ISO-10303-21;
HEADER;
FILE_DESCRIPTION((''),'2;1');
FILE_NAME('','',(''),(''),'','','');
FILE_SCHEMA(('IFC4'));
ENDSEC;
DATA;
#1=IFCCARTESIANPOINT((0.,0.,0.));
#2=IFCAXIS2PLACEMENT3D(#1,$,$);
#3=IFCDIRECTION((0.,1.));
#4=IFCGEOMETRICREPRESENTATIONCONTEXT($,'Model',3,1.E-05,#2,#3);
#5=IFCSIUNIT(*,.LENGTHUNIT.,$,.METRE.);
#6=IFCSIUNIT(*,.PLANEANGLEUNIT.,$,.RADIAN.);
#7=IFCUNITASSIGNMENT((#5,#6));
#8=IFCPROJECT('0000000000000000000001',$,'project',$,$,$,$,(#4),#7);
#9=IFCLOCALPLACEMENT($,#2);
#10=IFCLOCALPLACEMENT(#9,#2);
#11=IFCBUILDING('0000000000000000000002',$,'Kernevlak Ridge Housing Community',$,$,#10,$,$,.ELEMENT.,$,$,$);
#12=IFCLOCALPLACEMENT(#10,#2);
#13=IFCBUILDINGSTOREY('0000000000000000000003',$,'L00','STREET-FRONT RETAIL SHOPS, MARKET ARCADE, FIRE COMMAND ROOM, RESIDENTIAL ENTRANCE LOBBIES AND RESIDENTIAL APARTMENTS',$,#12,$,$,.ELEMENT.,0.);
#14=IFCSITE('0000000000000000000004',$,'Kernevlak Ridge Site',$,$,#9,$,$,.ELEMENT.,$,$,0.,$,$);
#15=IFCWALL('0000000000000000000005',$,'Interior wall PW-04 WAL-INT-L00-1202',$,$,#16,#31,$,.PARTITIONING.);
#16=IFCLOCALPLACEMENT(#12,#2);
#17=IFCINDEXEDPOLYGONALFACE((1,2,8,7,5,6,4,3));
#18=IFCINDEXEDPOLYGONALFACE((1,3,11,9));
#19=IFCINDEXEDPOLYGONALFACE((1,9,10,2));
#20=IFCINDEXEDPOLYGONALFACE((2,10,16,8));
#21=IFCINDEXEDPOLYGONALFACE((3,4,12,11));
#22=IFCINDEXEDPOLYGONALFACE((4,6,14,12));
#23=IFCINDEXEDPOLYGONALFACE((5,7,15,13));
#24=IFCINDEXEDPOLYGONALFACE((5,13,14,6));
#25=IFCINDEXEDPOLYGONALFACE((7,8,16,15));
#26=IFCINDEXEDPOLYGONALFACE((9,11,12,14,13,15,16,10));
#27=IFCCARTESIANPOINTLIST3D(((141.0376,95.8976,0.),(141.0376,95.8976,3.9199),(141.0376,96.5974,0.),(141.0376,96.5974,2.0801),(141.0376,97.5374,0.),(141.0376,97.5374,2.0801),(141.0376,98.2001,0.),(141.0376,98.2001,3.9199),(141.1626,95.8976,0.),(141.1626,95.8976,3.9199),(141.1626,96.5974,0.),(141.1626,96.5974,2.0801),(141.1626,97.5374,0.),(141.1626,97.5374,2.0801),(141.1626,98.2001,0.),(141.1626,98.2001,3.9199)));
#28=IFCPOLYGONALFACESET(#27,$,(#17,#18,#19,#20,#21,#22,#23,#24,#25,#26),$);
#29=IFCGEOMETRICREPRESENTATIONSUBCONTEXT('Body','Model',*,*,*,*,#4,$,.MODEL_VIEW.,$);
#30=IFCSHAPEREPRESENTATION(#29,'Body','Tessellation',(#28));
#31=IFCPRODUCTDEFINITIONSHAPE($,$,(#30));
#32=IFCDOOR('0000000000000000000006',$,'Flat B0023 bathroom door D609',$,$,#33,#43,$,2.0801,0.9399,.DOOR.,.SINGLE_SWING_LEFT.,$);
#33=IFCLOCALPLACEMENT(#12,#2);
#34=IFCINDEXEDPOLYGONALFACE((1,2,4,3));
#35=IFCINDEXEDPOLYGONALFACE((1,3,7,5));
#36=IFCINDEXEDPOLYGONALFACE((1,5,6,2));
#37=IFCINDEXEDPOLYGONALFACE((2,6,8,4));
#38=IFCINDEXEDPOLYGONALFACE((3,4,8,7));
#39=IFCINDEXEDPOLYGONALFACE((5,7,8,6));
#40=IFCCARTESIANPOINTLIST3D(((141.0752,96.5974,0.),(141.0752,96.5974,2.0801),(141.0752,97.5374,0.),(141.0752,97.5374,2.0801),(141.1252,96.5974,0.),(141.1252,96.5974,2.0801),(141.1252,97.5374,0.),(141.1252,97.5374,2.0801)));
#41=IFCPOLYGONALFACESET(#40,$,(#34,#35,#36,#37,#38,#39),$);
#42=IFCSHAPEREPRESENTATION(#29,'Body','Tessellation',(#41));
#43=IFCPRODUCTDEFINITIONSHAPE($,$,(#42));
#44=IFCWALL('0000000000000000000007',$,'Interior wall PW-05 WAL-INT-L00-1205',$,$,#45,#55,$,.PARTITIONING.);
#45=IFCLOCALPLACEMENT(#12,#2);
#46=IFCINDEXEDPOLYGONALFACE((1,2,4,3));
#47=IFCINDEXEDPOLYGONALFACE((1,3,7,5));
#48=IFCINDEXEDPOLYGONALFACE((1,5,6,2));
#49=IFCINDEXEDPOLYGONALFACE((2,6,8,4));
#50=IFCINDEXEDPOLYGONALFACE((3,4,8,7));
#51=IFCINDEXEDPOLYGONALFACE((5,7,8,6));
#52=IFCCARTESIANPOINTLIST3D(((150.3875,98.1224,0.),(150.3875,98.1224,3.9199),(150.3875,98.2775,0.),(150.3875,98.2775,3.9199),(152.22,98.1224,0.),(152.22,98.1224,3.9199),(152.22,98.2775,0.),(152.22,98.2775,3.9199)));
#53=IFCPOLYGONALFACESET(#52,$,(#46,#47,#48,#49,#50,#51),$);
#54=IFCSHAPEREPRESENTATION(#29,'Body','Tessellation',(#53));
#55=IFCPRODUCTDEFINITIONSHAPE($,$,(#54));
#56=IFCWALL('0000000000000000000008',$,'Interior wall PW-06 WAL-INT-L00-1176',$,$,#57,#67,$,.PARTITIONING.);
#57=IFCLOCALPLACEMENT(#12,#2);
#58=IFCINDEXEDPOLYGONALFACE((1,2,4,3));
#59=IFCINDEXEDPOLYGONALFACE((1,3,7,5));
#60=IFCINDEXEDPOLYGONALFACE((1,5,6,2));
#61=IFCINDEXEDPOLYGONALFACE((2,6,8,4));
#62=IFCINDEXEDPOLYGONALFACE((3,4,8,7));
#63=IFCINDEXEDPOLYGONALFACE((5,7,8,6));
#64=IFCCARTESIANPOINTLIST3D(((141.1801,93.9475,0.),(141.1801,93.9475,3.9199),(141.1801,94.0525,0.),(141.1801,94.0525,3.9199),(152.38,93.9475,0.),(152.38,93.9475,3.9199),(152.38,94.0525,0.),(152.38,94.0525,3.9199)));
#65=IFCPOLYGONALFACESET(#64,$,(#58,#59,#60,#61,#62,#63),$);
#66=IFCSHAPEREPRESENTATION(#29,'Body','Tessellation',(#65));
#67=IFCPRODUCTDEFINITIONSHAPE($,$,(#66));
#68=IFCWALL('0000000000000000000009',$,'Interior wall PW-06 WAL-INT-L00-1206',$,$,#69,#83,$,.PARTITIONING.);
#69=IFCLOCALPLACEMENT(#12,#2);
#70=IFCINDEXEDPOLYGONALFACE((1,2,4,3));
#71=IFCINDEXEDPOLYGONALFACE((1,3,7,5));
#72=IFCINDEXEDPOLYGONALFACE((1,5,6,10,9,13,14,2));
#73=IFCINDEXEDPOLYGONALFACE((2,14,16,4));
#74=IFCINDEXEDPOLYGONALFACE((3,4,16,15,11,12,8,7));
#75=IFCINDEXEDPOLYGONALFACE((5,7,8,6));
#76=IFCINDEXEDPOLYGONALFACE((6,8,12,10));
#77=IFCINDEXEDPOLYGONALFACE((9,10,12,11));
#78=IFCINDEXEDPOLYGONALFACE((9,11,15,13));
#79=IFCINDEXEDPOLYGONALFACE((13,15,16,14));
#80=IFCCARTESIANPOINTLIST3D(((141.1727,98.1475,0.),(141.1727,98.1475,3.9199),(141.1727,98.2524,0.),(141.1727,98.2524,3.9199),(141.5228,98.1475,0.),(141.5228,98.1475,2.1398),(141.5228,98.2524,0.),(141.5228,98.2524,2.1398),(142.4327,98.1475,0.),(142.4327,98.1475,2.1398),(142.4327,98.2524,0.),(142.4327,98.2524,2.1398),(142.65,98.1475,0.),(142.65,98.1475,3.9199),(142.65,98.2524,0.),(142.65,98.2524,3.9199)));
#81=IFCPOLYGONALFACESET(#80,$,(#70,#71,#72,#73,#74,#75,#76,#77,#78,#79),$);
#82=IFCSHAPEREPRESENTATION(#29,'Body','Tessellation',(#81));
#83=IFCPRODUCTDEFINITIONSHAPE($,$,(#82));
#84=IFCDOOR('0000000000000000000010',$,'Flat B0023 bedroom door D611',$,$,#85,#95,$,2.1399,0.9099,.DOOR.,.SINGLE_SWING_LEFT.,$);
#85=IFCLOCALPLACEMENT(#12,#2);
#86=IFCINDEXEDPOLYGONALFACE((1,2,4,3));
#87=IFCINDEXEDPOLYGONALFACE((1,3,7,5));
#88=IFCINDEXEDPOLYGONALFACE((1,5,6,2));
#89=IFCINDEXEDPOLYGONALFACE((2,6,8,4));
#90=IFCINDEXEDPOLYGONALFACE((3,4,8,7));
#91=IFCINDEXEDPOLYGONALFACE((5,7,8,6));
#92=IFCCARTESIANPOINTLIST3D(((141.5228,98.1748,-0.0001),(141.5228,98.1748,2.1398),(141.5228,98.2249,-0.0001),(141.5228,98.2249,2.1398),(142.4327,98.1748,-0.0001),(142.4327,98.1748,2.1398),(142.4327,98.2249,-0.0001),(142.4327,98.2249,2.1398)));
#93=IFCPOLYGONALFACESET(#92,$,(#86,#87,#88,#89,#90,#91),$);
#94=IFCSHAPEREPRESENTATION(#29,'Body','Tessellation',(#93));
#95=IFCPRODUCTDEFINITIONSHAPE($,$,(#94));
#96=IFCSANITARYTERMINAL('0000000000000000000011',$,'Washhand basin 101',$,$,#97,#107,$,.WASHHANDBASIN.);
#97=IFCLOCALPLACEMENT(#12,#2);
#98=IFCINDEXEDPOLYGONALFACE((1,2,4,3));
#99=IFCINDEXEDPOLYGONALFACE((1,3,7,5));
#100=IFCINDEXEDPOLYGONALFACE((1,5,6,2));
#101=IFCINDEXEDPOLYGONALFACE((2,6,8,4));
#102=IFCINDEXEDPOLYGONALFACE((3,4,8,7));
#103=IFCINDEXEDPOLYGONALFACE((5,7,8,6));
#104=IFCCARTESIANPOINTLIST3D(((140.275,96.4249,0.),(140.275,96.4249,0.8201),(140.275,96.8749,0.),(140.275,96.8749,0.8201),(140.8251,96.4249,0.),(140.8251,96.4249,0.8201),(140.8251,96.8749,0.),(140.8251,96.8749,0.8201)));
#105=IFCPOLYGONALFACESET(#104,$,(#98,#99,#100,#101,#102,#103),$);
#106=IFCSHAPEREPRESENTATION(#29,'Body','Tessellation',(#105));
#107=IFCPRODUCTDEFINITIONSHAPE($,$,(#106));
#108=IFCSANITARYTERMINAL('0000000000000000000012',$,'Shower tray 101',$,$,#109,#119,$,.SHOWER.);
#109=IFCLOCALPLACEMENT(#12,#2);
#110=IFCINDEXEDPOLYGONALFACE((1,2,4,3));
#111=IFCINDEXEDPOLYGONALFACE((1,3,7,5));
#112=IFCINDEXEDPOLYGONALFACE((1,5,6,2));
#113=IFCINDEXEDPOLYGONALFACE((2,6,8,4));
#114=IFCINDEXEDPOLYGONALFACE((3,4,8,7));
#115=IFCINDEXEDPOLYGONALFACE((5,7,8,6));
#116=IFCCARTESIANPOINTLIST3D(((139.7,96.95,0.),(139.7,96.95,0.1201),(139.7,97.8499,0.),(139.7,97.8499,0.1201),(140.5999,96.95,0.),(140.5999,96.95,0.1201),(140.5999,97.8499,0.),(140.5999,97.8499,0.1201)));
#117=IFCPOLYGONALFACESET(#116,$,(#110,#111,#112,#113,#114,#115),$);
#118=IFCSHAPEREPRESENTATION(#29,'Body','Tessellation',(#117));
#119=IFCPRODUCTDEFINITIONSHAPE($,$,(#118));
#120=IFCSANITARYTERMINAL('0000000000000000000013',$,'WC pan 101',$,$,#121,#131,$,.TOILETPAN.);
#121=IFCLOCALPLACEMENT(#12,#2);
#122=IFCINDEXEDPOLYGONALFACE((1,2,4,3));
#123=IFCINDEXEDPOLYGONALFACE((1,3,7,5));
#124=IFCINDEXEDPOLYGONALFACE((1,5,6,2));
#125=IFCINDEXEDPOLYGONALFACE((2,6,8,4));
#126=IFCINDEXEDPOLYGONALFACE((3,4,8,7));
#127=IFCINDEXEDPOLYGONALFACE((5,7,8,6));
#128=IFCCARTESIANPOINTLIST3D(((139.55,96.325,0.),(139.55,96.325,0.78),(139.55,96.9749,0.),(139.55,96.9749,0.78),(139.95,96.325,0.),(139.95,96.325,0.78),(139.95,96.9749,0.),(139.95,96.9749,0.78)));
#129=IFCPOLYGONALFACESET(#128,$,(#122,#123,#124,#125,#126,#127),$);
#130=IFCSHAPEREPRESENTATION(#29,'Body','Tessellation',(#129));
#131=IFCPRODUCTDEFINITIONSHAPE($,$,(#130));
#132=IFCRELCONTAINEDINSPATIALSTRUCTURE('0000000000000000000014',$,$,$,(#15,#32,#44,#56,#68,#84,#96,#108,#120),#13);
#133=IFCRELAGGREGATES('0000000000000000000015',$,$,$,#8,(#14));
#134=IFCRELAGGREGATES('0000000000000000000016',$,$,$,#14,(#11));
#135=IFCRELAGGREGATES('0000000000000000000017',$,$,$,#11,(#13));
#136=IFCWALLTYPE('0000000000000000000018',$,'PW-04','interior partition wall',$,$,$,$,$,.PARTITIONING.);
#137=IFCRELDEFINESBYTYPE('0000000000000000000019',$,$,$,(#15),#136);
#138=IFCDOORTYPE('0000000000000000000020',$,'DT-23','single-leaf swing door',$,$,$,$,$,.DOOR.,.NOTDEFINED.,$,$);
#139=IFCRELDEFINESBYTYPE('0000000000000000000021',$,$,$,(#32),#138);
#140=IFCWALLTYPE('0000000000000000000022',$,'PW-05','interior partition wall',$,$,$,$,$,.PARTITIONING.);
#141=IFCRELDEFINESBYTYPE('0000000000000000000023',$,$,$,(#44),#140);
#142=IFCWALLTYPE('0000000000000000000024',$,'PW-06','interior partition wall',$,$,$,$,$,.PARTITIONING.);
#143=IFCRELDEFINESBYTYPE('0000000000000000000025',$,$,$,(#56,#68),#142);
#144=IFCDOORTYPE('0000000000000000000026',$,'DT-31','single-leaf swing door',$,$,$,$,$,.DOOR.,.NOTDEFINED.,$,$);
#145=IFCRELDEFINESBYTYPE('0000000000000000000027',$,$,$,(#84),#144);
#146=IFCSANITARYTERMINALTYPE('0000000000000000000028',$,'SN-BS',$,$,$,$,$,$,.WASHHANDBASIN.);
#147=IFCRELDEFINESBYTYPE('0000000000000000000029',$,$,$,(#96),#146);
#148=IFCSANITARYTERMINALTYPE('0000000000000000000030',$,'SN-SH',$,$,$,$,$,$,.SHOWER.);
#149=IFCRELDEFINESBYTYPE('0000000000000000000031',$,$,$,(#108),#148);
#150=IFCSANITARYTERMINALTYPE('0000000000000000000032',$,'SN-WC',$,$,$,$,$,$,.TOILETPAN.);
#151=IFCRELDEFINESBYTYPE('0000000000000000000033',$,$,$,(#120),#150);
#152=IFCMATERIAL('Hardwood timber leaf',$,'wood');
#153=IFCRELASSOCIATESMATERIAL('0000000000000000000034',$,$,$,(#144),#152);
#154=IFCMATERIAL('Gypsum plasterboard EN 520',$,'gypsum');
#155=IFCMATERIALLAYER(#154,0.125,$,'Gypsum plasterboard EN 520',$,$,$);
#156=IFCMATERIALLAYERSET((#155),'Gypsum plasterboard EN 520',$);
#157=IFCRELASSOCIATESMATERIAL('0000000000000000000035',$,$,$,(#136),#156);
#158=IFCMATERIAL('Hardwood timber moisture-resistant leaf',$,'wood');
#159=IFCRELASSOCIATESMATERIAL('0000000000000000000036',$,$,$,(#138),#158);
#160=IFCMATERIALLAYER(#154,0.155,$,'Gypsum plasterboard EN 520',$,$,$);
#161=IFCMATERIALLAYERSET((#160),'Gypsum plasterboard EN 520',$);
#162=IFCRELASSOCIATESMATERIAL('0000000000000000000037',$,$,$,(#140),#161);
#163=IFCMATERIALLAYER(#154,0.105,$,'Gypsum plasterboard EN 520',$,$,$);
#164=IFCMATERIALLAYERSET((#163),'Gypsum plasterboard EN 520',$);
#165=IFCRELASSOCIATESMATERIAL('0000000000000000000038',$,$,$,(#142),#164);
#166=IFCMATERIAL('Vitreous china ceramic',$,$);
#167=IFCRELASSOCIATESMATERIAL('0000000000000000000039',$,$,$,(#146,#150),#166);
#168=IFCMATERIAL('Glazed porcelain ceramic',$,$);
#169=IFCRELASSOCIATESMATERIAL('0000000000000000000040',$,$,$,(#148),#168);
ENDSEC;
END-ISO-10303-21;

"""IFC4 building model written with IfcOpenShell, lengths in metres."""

from ifc_helpers import new_model, si_unit, direction, frame, frame_2d, origin, origin_2d, place, context, subcontext, project, spatial, rectangle, extrude, material, layer, layer_set, type_object, element, fill, save


model = new_model("IFC4")

# Units and contexts
model_context = context("Model", 3, precision=1e-05, world=origin(), true_north=direction((0.0, 1.0)))
body_context = subcontext(model_context, "Body", "Model", "MODEL_VIEW")
ifc_project = project(units=[si_unit("LENGTHUNIT", "METRE"), si_unit("PLANEANGLEUNIT", "RADIAN")], contexts=[model_context])

# Site, building, storey
site_placement = place(None, origin())
site = spatial("IfcSite", under=ifc_project, at=site_placement, Name="Kernevlak Ridge Site", CompositionType="ELEMENT", RefElevation=0.0)
building_placement = place(site_placement, origin())
building = spatial("IfcBuilding", under=site, at=building_placement, Name="Kernevlak Ridge Housing Community", CompositionType="ELEMENT")
storey_placement = place(building_placement, origin())
storey = spatial("IfcBuildingStorey", under=building, at=storey_placement, Name="L00", Description="STREET-FRONT RETAIL SHOPS, MARKET ARCADE, FIRE COMMAND ROOM, RESIDENTIAL ENTRANCE LOBBIES AND RESIDENTIAL APARTMENTS", CompositionType="ELEMENT", Elevation=0.0)

# Shared definitions
ifc_material_1 = material(Name="Hardwood timber leaf", Category="wood")
door_type_1 = type_object("IfcDoorType", Name="DT-31", Description="single-leaf swing door", OperationType="NOTDEFINED", PredefinedType="DOOR", material=ifc_material_1)

# Wall, opening, door
ifc_material_2 = material(Name="Gypsum plasterboard EN 520", Category="gypsum")
ifc_layer_1 = layer(ifc_material_2, 0.125, Name="Gypsum plasterboard EN 520")
ifc_layer_set_1 = layer_set([ifc_layer_1], Name="Gypsum plasterboard EN 520")
wall_type_1 = type_object("IfcWallType", Name="PW-04", Description="interior partition wall", PredefinedType="PARTITIONING", material=ifc_layer_set_1)
wall_1_placement = place(storey_placement, frame((141.1001, 95.8975, 0.0), z_axis=(0.0, 0.0, 1.0), x_axis=(0.0, 1.0, 0.0)))
wall_1 = element("IfcWall", 1, at=wall_1_placement, inside=storey, type_object=wall_type_1, Name="Interior wall PW-04 WAL-INT-L00-1202", PredefinedType="PARTITIONING", context=body_context, shape_type="SweptSolid", body=[
    extrude(rectangle(XDim=2.3025, YDim=0.125, at=frame_2d((1.1514, 0.0))), origin(), (0.0, 0.0, 1.0), 3.9199),
])
opening_1_placement = place(wall_1_placement, frame((0.7, 0.0, 0.0)))
opening_1 = element("IfcOpeningElement", 2, at=opening_1_placement, cuts=wall_1, PredefinedType="OPENING", context=body_context, shape_type="SweptSolid", body=[
    extrude(rectangle(XDim=0.9399, YDim=2.0801, at=frame_2d((0.47, 1.04))), frame((0.0, 0.0725, 0.0), z_axis=(0.0, -1.0, 0.0), x_axis=(1.0, 0.0, 0.0)), (0.0, 0.0, 1.0), 0.145),
])
ifc_material_3 = material(Name="Hardwood timber moisture-resistant leaf", Category="wood")
door_type_2 = type_object("IfcDoorType", Name="DT-23", Description="single-leaf swing door", OperationType="NOTDEFINED", PredefinedType="DOOR", material=ifc_material_3)
door_1_placement = place(opening_1_placement, origin())
door_1 = element("IfcDoor", 3, at=door_1_placement, inside=storey, type_object=door_type_2, Name="Flat B0023 bathroom door D609", OperationType="SINGLE_SWING_LEFT", OverallHeight=2.0801, OverallWidth=0.9399, PredefinedType="DOOR", context=body_context, shape_type="SweptSolid", body=[
    extrude(rectangle(XDim=0.9399, YDim=2.0801, at=frame_2d((0.47, 1.04))), frame((0.0, 0.0249, 0.0), z_axis=(0.0, -1.0, 0.0), x_axis=(1.0, 0.0, 0.0)), (0.0, 0.0, 1.0), 0.05),
])
fill(opening_1, door_1)
ifc_layer_2 = layer(ifc_material_2, 0.155, Name="Gypsum plasterboard EN 520")
ifc_layer_set_2 = layer_set([ifc_layer_2], Name="Gypsum plasterboard EN 520")
wall_type_2 = type_object("IfcWallType", Name="PW-05", Description="interior partition wall", PredefinedType="PARTITIONING", material=ifc_layer_set_2)

# Walls
wall_2_placement = place(storey_placement, frame((150.3875, 98.2, 0.0), z_axis=(0.0, 0.0, 1.0), x_axis=(1.0, 0.0, 0.0)))
element("IfcWall", 4, at=wall_2_placement, inside=storey, type_object=wall_type_2, Name="Interior wall PW-05 WAL-INT-L00-1205", PredefinedType="PARTITIONING", context=body_context, shape_type="SweptSolid", body=[
    extrude(rectangle(XDim=1.8325, YDim=0.155, at=frame_2d((0.9163, 0.0))), origin(), (0.0, 0.0, 1.0), 3.9199),
])
ifc_layer_3 = layer(ifc_material_2, 0.105, Name="Gypsum plasterboard EN 520")
ifc_layer_set_3 = layer_set([ifc_layer_3], Name="Gypsum plasterboard EN 520")
wall_type_3 = type_object("IfcWallType", Name="PW-06", Description="interior partition wall", PredefinedType="PARTITIONING", material=ifc_layer_set_3)
wall_3_placement = place(storey_placement, frame((141.1799, 94.0, 0.0), z_axis=(0.0, 0.0, 1.0), x_axis=(1.0, 0.0, 0.0)))
element("IfcWall", 5, at=wall_3_placement, inside=storey, type_object=wall_type_3, Name="Interior wall PW-06 WAL-INT-L00-1176", PredefinedType="PARTITIONING", context=body_context, shape_type="SweptSolid", body=[
    extrude(rectangle(XDim=11.2, YDim=0.105, at=frame_2d((5.6001, 0.0))), origin(), (0.0, 0.0, 1.0), 3.9199),
])

# Wall, opening, door
wall_4_placement = place(storey_placement, frame((141.1726, 98.2, 0.0), z_axis=(0.0, 0.0, 1.0), x_axis=(1.0, 0.0, 0.0)))
wall_4 = element("IfcWall", 6, at=wall_4_placement, inside=storey, type_object=wall_type_3, Name="Interior wall PW-06 WAL-INT-L00-1206", PredefinedType="PARTITIONING", context=body_context, shape_type="SweptSolid", body=[
    extrude(rectangle(XDim=1.4773, YDim=0.105, at=frame_2d((0.7388, 0.0))), origin(), (0.0, 0.0, 1.0), 3.9199),
])
opening_2_placement = place(wall_4_placement, frame((0.3501, 0.0, 0.0)))
opening_2 = element("IfcOpeningElement", 7, at=opening_2_placement, cuts=wall_4, PredefinedType="OPENING", context=body_context, shape_type="SweptSolid", body=[
    extrude(rectangle(XDim=0.9099, YDim=2.1399, at=frame_2d((0.4551, 1.0698))), frame((0.0, 0.0625, 0.0), z_axis=(0.0, -1.0, 0.0), x_axis=(1.0, 0.0, 0.0)), (0.0, 0.0, 1.0), 0.125),
])
door_2_placement = place(opening_2_placement, origin())
door_2 = element("IfcDoor", 8, at=door_2_placement, inside=storey, type_object=door_type_1, Name="Flat B0023 bedroom door D611", OperationType="SINGLE_SWING_LEFT", OverallHeight=2.1399, OverallWidth=0.9099, PredefinedType="DOOR", context=body_context, shape_type="SweptSolid", body=[
    extrude(rectangle(XDim=0.9099, YDim=2.1399, at=frame_2d((0.4551, 1.0698))), frame((0.0, 0.0249, 0.0), z_axis=(0.0, -1.0, 0.0), x_axis=(1.0, 0.0, 0.0)), (0.0, 0.0, 1.0), 0.05),
])
fill(opening_2, door_2)

# Sanitary terminals
ifc_material_4 = material(Name="Vitreous china ceramic")
sanitary_terminal_type_1 = type_object("IfcSanitaryTerminalType", Name="SN-BS", PredefinedType="WASHHANDBASIN", material=ifc_material_4)
sanitary_terminal_1_placement = place(storey_placement, frame((140.55, 96.6499, 0.0), z_axis=(0.0, 0.0, 1.0), x_axis=(1.0, 0.0, 0.0)))
element("IfcSanitaryTerminal", 9, at=sanitary_terminal_1_placement, inside=storey, type_object=sanitary_terminal_type_1, Name="Washhand basin 101", PredefinedType="WASHHANDBASIN", context=body_context, shape_type="SweptSolid", body=[
    extrude(rectangle(XDim=0.55, YDim=0.45, at=origin_2d()), origin(), (0.0, 0.0, 1.0), 0.8201),
])
ifc_material_5 = material(Name="Glazed porcelain ceramic")
sanitary_terminal_type_2 = type_object("IfcSanitaryTerminalType", Name="SN-SH", PredefinedType="SHOWER", material=ifc_material_5)
sanitary_terminal_2_placement = place(storey_placement, frame((140.1499, 97.3999, 0.0), z_axis=(0.0, 0.0, 1.0), x_axis=(1.0, 0.0, 0.0)))
element("IfcSanitaryTerminal", 10, at=sanitary_terminal_2_placement, inside=storey, type_object=sanitary_terminal_type_2, Name="Shower tray 101", PredefinedType="SHOWER", context=body_context, shape_type="SweptSolid", body=[
    extrude(rectangle(XDim=0.8999, YDim=0.8999, at=origin_2d()), origin(), (0.0, 0.0, 1.0), 0.1201),
])
sanitary_terminal_type_3 = type_object("IfcSanitaryTerminalType", Name="SN-WC", PredefinedType="TOILETPAN", material=ifc_material_4)
sanitary_terminal_3_placement = place(storey_placement, frame((139.75, 96.6499, 0.0), z_axis=(0.0, 0.0, 1.0), x_axis=(1.0, 0.0, 0.0)))
element("IfcSanitaryTerminal", 11, at=sanitary_terminal_3_placement, inside=storey, type_object=sanitary_terminal_type_3, Name="WC pan 101", PredefinedType="TOILETPAN", context=body_context, shape_type="SweptSolid", body=[
    extrude(rectangle(XDim=0.3999, YDim=0.6499, at=origin_2d()), origin(), (0.0, 0.0, 1.0), 0.78),
])

save(model, "model.ifc")
